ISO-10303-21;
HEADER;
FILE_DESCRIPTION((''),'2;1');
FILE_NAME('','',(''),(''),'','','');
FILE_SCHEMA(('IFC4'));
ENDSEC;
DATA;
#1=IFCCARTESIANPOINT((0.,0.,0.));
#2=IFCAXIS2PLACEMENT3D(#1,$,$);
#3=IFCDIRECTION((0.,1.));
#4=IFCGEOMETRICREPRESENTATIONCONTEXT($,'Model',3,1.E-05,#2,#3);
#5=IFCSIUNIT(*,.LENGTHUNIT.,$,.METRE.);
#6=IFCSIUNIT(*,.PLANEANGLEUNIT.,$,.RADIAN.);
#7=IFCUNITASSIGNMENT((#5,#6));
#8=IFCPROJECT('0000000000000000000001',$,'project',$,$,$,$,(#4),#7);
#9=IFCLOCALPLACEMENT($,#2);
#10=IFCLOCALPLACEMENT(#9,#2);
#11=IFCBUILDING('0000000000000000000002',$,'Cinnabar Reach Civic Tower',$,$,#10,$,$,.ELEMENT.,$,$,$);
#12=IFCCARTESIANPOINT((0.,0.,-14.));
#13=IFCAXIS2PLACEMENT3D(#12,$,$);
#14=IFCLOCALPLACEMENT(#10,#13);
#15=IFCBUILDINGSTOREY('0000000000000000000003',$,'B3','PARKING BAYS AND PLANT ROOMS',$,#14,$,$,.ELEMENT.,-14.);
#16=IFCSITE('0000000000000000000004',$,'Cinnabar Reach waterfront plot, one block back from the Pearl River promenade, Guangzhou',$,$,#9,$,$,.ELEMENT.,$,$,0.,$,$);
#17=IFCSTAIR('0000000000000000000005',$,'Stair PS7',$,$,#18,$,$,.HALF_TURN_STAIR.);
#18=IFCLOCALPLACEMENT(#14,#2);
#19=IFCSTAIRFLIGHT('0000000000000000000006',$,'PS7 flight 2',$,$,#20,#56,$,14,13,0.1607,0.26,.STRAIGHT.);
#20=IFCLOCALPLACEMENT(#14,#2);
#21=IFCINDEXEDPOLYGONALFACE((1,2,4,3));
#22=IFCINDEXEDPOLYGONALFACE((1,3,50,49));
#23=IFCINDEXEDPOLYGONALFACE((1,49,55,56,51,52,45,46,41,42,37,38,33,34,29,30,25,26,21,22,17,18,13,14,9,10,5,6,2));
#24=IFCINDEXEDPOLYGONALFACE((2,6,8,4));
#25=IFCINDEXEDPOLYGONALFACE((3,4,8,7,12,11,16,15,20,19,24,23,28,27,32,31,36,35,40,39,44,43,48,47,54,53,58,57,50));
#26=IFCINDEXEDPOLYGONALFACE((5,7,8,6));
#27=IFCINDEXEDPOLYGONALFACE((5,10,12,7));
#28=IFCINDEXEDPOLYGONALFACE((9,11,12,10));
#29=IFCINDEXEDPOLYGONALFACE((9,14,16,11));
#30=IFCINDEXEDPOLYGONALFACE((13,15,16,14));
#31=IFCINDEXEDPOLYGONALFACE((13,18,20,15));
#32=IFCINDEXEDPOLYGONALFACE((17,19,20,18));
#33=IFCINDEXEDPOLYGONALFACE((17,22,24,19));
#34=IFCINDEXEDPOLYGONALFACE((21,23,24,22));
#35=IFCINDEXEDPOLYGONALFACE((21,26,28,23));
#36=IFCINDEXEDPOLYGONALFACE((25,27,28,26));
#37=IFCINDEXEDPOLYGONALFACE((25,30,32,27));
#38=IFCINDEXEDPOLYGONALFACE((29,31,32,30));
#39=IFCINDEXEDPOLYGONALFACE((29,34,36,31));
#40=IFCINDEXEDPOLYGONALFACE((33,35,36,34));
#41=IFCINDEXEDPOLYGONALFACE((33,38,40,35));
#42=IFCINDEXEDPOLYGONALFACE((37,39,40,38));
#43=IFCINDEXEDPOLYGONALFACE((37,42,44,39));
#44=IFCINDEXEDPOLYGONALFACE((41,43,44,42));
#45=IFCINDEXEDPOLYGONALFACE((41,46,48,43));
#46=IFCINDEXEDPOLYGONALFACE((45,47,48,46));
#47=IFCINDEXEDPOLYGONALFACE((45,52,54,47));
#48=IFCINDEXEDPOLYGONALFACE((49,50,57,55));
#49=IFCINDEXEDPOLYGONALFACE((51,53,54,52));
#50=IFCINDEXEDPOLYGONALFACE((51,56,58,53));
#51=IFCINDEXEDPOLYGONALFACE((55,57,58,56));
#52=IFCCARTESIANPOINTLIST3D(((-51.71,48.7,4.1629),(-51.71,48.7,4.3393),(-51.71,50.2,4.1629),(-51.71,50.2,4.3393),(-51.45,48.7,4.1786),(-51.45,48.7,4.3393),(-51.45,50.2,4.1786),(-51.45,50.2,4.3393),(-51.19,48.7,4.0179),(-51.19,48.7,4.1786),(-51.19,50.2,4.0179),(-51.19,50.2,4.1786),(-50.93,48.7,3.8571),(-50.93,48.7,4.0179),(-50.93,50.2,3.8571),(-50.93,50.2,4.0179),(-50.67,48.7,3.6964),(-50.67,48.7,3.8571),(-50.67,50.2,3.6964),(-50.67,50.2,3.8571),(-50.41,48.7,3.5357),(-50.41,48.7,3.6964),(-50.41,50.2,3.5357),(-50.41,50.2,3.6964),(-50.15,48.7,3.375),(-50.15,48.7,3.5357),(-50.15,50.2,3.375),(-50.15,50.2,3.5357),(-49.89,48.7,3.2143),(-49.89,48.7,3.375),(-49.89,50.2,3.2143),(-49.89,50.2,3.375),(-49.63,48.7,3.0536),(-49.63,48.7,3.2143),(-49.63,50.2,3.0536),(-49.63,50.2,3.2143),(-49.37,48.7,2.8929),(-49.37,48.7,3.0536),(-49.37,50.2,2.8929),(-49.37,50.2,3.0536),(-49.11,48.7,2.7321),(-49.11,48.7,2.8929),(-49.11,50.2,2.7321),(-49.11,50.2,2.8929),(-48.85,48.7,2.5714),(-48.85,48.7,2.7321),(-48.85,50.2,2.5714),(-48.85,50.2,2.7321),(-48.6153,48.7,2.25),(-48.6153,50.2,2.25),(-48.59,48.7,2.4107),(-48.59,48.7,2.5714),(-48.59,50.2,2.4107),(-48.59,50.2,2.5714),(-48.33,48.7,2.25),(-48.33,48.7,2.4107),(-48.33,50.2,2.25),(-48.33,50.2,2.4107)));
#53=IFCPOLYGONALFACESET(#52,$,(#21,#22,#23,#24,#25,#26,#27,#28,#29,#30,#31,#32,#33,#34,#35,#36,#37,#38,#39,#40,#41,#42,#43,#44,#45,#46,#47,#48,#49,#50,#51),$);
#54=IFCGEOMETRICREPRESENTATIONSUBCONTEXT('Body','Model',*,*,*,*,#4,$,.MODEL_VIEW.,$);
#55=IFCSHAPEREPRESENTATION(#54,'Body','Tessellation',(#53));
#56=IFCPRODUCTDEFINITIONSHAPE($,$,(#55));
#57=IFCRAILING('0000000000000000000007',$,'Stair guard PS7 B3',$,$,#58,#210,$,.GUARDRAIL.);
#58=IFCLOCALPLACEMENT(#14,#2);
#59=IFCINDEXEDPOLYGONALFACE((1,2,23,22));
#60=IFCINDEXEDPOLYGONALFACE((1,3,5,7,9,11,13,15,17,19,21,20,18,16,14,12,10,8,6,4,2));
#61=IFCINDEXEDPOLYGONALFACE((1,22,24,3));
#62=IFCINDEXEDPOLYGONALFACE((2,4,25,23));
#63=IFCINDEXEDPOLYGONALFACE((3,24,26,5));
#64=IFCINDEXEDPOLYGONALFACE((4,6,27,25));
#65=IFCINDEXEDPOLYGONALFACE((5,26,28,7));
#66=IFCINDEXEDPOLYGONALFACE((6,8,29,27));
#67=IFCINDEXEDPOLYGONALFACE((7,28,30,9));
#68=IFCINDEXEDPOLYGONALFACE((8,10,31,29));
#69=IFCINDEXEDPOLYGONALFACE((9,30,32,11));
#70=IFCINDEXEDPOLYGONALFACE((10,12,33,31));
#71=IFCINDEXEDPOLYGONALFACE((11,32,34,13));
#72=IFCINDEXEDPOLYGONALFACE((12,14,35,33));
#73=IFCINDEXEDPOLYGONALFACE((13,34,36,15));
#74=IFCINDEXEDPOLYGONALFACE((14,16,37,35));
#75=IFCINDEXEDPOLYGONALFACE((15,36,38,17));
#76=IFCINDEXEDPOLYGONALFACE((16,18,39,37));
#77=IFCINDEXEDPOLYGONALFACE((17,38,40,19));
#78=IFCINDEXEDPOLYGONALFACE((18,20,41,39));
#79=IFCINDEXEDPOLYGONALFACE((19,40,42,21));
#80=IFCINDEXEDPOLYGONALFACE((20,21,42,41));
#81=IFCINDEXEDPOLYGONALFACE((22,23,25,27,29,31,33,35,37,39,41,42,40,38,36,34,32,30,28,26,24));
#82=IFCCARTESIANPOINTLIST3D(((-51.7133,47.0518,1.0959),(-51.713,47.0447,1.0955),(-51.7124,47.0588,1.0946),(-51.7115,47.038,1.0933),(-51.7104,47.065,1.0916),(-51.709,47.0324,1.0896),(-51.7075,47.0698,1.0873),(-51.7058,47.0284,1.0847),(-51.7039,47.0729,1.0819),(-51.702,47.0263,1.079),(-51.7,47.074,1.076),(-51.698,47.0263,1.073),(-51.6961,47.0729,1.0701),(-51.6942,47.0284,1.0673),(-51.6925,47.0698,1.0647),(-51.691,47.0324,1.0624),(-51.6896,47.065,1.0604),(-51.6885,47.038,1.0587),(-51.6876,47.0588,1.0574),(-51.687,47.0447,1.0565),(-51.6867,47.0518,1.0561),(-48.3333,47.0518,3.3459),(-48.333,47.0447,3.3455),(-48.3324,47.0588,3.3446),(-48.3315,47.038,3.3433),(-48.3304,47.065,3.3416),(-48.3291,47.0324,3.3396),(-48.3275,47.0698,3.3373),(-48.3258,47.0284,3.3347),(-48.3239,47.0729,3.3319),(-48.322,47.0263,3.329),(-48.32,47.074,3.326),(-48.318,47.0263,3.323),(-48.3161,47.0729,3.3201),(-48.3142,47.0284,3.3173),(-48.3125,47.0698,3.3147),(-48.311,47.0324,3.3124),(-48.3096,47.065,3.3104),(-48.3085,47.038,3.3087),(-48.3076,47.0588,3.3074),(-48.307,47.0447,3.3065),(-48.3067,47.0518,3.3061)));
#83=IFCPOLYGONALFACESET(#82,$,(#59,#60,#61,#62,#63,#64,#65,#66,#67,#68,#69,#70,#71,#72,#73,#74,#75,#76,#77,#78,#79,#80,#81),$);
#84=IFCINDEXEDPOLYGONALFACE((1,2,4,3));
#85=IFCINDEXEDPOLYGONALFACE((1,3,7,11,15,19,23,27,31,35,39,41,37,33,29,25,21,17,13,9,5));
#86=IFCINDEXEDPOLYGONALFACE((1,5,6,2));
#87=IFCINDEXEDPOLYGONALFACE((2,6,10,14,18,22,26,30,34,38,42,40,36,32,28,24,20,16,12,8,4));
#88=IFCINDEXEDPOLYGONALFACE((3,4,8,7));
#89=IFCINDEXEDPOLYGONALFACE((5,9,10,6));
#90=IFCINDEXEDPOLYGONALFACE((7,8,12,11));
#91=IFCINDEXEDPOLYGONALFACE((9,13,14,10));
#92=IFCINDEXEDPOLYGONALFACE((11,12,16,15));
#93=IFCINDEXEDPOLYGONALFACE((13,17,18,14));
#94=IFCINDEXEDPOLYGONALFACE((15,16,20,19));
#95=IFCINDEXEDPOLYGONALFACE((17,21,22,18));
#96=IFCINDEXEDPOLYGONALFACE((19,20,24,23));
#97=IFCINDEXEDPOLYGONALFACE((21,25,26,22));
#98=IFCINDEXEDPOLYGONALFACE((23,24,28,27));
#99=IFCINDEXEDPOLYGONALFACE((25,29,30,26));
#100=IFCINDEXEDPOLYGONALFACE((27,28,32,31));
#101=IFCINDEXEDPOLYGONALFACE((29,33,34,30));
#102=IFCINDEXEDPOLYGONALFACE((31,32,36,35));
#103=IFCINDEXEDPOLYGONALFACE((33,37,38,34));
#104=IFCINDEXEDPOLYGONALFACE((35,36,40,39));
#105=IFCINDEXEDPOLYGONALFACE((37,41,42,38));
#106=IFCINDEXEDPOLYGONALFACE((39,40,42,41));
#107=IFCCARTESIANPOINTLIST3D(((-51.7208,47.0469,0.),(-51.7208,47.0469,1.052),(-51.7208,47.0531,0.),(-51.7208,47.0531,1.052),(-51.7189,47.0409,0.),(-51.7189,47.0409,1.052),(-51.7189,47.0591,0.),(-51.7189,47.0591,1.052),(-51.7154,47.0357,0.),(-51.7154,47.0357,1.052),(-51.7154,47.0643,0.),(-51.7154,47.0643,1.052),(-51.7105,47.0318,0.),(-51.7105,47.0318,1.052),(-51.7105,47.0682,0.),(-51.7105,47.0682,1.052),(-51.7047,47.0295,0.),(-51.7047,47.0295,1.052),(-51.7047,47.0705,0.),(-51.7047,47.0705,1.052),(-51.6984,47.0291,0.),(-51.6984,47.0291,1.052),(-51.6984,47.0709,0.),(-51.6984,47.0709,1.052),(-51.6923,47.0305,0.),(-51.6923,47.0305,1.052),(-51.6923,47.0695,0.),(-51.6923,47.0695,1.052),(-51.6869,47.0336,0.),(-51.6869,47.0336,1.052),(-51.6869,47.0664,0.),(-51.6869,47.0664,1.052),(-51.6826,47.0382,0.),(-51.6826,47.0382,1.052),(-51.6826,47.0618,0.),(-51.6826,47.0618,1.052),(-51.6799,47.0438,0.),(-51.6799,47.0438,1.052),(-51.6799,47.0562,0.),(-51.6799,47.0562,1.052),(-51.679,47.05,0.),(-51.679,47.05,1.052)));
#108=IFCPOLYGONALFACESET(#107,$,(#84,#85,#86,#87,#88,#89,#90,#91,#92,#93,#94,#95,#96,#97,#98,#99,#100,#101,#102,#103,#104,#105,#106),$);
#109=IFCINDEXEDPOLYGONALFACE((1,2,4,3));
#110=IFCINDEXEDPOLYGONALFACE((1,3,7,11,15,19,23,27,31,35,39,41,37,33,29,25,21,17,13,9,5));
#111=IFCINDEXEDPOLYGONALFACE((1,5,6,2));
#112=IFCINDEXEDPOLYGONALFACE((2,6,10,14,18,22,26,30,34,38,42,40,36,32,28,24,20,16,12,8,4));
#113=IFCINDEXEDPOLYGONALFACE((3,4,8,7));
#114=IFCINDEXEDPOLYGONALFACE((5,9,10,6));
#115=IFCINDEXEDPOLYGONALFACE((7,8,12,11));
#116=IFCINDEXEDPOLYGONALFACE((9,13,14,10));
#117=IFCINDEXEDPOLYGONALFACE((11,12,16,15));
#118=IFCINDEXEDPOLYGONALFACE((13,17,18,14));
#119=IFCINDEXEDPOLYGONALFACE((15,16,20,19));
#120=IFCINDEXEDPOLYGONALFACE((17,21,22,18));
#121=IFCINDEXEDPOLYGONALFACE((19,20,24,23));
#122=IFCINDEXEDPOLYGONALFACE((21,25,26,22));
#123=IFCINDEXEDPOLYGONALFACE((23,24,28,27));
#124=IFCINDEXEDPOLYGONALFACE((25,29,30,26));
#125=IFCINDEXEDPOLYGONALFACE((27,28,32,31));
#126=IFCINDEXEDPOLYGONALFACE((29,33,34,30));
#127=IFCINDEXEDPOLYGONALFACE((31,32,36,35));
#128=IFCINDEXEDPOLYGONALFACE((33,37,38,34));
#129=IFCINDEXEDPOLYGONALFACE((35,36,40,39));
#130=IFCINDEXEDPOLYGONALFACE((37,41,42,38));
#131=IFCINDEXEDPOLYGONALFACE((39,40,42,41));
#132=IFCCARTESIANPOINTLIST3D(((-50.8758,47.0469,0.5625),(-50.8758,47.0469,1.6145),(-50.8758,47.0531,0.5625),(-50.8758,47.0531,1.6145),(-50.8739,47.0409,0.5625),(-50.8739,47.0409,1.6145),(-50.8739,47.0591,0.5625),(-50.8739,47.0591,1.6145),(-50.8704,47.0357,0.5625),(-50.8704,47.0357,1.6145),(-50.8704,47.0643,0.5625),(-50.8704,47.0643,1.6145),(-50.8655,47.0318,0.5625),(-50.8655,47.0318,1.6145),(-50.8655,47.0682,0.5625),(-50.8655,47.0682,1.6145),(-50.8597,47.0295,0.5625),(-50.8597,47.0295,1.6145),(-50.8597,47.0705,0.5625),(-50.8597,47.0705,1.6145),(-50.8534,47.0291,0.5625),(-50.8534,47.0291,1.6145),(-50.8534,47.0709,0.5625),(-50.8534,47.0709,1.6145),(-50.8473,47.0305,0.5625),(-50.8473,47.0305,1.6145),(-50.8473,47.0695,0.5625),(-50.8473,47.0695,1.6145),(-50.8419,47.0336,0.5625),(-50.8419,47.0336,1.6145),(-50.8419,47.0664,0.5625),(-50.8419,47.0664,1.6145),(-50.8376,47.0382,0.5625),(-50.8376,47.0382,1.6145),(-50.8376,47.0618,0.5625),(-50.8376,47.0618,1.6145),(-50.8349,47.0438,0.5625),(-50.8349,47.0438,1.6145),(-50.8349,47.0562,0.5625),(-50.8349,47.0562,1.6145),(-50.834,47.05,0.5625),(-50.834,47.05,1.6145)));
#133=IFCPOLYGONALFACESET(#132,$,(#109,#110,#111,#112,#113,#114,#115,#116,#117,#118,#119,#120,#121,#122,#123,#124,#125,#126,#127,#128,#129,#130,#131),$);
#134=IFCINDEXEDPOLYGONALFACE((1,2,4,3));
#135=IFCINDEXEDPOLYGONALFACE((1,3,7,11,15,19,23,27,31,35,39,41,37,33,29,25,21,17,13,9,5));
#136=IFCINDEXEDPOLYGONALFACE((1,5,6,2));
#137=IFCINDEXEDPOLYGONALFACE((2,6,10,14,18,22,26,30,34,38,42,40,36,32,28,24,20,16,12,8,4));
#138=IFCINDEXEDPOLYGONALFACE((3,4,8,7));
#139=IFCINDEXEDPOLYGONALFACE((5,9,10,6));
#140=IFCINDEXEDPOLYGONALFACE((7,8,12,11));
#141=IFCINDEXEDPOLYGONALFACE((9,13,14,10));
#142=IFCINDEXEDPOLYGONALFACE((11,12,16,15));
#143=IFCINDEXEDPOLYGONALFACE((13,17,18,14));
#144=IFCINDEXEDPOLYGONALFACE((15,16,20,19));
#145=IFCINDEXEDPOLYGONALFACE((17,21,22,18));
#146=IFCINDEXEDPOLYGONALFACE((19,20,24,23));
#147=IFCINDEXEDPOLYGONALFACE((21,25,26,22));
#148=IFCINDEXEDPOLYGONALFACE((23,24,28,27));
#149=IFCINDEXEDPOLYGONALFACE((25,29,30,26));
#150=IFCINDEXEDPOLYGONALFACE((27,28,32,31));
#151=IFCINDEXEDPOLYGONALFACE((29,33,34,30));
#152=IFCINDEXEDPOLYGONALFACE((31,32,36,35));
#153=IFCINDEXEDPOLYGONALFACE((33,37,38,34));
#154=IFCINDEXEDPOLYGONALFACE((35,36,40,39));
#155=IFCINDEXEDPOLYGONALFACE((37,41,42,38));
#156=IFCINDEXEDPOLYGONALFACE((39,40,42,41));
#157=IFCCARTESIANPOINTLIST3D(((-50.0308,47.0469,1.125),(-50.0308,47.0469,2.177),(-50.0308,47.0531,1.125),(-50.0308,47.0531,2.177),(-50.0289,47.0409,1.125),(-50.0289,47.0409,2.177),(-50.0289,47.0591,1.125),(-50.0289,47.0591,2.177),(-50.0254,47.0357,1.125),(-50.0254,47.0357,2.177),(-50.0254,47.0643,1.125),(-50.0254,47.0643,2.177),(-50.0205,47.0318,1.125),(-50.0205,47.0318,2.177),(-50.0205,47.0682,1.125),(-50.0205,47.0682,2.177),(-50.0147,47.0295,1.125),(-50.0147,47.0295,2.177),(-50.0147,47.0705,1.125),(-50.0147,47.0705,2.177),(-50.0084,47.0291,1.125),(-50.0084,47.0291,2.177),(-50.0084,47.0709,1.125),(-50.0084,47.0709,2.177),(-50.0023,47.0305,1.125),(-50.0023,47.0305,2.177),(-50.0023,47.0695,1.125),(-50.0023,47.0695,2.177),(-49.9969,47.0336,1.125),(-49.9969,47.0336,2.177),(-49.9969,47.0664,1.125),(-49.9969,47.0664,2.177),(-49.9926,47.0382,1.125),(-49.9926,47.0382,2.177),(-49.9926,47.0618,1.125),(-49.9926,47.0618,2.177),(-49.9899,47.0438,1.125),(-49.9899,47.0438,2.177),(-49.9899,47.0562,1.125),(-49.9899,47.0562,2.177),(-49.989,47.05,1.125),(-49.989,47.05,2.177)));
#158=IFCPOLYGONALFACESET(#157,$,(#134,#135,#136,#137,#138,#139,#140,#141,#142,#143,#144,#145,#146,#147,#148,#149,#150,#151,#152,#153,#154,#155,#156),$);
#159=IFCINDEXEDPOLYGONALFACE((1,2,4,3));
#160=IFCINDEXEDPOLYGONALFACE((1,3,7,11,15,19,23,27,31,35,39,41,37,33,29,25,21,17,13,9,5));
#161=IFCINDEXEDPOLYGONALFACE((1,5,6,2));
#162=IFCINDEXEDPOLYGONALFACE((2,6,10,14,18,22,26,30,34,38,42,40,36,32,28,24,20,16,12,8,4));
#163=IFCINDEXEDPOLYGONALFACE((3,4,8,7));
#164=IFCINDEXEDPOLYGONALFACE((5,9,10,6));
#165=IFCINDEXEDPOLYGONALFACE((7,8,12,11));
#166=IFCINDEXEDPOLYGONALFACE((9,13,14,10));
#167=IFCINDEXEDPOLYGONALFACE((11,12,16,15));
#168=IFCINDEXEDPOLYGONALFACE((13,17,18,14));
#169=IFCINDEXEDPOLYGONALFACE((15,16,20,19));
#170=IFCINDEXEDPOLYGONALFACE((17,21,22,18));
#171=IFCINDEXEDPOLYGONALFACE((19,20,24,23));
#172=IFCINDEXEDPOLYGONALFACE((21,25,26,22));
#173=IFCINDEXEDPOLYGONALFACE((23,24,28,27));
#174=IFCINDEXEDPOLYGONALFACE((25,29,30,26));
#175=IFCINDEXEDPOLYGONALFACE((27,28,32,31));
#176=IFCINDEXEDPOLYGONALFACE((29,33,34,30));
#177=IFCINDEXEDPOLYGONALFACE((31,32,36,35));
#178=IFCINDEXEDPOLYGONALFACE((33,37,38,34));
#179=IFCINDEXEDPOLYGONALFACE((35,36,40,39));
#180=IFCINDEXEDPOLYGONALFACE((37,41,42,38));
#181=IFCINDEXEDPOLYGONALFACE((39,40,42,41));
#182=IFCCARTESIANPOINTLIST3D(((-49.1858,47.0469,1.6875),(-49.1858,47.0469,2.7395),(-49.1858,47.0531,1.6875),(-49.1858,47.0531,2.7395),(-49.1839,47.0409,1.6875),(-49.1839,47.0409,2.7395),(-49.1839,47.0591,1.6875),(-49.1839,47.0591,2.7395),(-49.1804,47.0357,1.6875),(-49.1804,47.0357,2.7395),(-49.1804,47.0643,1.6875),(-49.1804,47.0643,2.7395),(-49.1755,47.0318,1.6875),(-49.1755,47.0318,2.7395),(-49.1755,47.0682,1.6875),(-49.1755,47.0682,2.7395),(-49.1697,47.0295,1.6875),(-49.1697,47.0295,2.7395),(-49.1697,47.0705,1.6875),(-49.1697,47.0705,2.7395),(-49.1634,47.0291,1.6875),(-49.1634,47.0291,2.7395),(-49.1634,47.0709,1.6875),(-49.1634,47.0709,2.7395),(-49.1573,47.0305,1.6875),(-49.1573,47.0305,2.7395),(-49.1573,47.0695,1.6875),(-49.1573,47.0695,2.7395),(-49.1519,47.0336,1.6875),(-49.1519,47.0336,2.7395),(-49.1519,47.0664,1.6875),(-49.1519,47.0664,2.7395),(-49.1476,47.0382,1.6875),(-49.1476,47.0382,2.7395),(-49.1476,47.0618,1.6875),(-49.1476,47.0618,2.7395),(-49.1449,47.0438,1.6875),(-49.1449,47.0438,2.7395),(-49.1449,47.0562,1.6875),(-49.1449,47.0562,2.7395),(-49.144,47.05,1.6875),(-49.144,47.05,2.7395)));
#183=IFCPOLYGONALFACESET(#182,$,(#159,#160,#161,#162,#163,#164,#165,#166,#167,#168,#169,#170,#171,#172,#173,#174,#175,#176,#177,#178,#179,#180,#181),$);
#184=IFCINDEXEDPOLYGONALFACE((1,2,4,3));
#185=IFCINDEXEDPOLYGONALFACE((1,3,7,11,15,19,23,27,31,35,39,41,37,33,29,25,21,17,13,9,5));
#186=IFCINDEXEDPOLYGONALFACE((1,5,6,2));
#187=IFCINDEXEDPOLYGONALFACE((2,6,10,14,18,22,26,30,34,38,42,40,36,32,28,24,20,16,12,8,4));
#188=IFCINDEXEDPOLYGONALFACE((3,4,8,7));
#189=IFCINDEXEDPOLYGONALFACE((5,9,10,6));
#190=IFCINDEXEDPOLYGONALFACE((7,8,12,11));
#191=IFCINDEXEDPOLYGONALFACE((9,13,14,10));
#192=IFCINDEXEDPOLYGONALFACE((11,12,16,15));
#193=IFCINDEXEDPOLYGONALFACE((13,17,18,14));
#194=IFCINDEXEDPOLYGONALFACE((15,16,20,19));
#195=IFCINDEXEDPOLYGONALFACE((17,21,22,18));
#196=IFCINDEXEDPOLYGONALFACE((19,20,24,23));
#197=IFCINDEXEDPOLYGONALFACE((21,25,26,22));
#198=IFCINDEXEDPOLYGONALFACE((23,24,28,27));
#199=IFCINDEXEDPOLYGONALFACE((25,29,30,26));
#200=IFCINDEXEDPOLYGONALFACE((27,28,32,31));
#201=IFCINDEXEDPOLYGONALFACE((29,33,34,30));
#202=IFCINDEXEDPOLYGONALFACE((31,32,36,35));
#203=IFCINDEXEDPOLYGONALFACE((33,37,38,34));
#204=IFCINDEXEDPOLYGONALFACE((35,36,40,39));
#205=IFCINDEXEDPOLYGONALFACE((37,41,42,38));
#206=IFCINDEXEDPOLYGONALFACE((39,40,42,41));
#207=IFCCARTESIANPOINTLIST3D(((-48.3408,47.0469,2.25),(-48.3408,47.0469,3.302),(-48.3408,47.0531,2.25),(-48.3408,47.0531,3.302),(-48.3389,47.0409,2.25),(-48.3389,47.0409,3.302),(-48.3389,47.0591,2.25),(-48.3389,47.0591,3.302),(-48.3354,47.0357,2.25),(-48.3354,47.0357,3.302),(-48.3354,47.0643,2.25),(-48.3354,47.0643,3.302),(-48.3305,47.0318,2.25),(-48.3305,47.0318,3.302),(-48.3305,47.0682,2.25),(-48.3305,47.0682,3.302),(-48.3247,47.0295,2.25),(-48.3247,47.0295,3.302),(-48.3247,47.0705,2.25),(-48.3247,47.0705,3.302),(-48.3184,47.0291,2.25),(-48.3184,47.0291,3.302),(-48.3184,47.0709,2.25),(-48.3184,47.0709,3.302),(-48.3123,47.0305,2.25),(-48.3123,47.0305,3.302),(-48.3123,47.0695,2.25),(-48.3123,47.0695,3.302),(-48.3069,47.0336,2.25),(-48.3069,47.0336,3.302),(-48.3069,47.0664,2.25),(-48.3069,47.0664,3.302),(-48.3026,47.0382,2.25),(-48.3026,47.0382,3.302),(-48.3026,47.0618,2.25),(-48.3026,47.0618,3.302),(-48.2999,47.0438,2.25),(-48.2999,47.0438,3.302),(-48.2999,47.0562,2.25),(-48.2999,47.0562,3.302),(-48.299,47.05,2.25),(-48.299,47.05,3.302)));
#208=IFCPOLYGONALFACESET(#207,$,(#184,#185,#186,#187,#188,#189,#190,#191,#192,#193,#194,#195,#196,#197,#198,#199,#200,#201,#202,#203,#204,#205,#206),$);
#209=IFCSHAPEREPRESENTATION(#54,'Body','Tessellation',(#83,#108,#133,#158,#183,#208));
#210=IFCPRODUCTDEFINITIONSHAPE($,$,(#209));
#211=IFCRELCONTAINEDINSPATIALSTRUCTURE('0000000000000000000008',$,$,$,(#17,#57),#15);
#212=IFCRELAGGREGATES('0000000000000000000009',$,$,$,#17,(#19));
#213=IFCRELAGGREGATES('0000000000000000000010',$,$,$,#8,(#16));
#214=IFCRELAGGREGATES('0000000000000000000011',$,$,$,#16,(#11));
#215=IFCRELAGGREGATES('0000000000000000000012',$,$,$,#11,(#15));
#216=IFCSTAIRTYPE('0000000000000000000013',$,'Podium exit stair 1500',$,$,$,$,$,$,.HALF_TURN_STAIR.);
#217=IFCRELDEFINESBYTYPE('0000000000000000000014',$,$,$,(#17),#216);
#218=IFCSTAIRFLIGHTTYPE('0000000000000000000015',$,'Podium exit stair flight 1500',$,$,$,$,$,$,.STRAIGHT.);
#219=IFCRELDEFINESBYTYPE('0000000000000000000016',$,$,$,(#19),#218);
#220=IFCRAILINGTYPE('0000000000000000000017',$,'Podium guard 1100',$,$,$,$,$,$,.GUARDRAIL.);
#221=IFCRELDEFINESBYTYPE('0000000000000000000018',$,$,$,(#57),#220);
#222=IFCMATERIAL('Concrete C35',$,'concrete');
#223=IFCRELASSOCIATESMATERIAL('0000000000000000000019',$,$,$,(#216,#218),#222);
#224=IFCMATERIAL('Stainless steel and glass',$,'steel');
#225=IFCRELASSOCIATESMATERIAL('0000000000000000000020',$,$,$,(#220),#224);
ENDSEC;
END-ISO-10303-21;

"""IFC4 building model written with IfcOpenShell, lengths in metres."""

from ifc_helpers import new_model, si_unit, direction, frame, origin, origin_2d, place, context, subcontext, project, spatial, polyline, circle, outline, extrude, material, type_object, element, aggregate, save


model = new_model("IFC4")

# Units and contexts
model_context = context("Model", 3, precision=1e-05, world=origin(), true_north=direction((0.0, 1.0)))
body_context = subcontext(model_context, "Body", "Model", "MODEL_VIEW")
ifc_project = project(units=[si_unit("LENGTHUNIT", "METRE"), si_unit("PLANEANGLEUNIT", "RADIAN")], contexts=[model_context])

# Site, building, storey
site_placement = place(None, origin())
site = spatial("IfcSite", under=ifc_project, at=site_placement, Name="Cinnabar Reach waterfront plot, one block back from the Pearl River promenade, Guangzhou", CompositionType="ELEMENT", RefElevation=0.0)
building_placement = place(site_placement, origin())
building = spatial("IfcBuilding", under=site, at=building_placement, Name="Cinnabar Reach Civic Tower", CompositionType="ELEMENT")
storey_placement = place(building_placement, frame((0.0, 0.0, -14.0)))
storey = spatial("IfcBuildingStorey", under=building, at=storey_placement, Name="B3", Description="PARKING BAYS AND PLANT ROOMS", CompositionType="ELEMENT", Elevation=-14.0)

# Stair, stair flight
ifc_material_1 = material(Name="Concrete C35", Category="concrete")
stair_type = type_object("IfcStairType", Name="Podium exit stair 1500", PredefinedType="HALF_TURN_STAIR", material=ifc_material_1)
stair_placement = place(storey_placement, origin())
stair = element("IfcStair", 1, at=stair_placement, inside=storey, type_object=stair_type, Name="Stair PS7", PredefinedType="HALF_TURN_STAIR")
stair_flight_type = type_object("IfcStairFlightType", Name="Podium exit stair flight 1500", PredefinedType="STRAIGHT", material=ifc_material_1)
stair_flight_1_placement = place(storey_placement, frame((-48.33, 49.45, 2.25), z_axis=(0.0, 0.0, 1.0), x_axis=(-1.0, 0.0, 0.0)))
stair_flight_1 = element("IfcStairFlight", 2, at=stair_flight_1_placement, type_object=stair_flight_type, Name="PS7 flight 2", NumberOfRisers=14, NumberOfTreads=13, PredefinedType="STRAIGHT", RiserHeight=0.1607, TreadLength=0.26, context=body_context, shape_type="SweptSolid", body=[
    extrude(outline(polyline([(0.0, 0.0), (0.0, 0.1607), (0.26, 0.1607), (0.26, 0.3214), (0.52, 0.3214), (0.52, 0.4821), (0.78, 0.4821), (0.78, 0.6429), (1.04, 0.6429), (1.04, 0.8036), (1.3, 0.8036), (1.3, 0.9643), (1.56, 0.9643), (1.56, 1.125), (1.82, 1.125), (1.82, 1.2857), (2.08, 1.2857), (2.08, 1.4464), (2.34, 1.4464), (2.34, 1.6071), (2.6, 1.6071), (2.6, 1.7679), (2.86, 1.7679), (2.86, 1.9286), (3.12, 1.9286), (3.12, 2.0893), (3.38, 2.0893), (3.38, 2.25), (3.38, 1.9129), (0.2853, 0.0), (0.0, 0.0)])), frame((0.0, 0.75, 0.0), z_axis=(0.0, -1.0, 0.0), x_axis=(1.0, 0.0, 0.0)), (0.0, 0.0, 1.0), 1.5),
])
aggregate(stair, [stair_flight_1])

# Railing
ifc_material_2 = material(Name="Stainless steel and glass", Category="steel")
railing_type_1 = type_object("IfcRailingType", Name="Podium guard 1100", PredefinedType="GUARDRAIL", material=ifc_material_2)
railing_1_placement = place(storey_placement, frame((-51.7, 47.05, 0.0)))
element("IfcRailing", 3, at=railing_1_placement, inside=storey, type_object=railing_type_1, Name="Stair guard PS7 B3", PredefinedType="GUARDRAIL", context=body_context, shape_type="SweptSolid", body=[
    extrude(circle(Radius=0.024, at=origin_2d()), frame((0.0, 0.0, 1.076), z_axis=(0.832429, 0.0, 0.554132), x_axis=(0.0, 1.0, 0.0)), (0.0, 0.0, 1.0), 4.0604),
    extrude(circle(Radius=0.021, at=origin_2d()), origin(), (0.0, 0.0, 1.0), 1.052),
    extrude(circle(Radius=0.021, at=origin_2d()), frame((0.845, 0.0, 0.5625)), (0.0, 0.0, 1.0), 1.052),
    extrude(circle(Radius=0.021, at=origin_2d()), frame((1.69, 0.0, 1.125)), (0.0, 0.0, 1.0), 1.052),
    extrude(circle(Radius=0.021, at=origin_2d()), frame((2.535, 0.0, 1.6875)), (0.0, 0.0, 1.0), 1.052),
    extrude(circle(Radius=0.021, at=origin_2d()), frame((3.38, 0.0, 2.25)), (0.0, 0.0, 1.0), 1.052),
])

save(model, "model.ifc")
